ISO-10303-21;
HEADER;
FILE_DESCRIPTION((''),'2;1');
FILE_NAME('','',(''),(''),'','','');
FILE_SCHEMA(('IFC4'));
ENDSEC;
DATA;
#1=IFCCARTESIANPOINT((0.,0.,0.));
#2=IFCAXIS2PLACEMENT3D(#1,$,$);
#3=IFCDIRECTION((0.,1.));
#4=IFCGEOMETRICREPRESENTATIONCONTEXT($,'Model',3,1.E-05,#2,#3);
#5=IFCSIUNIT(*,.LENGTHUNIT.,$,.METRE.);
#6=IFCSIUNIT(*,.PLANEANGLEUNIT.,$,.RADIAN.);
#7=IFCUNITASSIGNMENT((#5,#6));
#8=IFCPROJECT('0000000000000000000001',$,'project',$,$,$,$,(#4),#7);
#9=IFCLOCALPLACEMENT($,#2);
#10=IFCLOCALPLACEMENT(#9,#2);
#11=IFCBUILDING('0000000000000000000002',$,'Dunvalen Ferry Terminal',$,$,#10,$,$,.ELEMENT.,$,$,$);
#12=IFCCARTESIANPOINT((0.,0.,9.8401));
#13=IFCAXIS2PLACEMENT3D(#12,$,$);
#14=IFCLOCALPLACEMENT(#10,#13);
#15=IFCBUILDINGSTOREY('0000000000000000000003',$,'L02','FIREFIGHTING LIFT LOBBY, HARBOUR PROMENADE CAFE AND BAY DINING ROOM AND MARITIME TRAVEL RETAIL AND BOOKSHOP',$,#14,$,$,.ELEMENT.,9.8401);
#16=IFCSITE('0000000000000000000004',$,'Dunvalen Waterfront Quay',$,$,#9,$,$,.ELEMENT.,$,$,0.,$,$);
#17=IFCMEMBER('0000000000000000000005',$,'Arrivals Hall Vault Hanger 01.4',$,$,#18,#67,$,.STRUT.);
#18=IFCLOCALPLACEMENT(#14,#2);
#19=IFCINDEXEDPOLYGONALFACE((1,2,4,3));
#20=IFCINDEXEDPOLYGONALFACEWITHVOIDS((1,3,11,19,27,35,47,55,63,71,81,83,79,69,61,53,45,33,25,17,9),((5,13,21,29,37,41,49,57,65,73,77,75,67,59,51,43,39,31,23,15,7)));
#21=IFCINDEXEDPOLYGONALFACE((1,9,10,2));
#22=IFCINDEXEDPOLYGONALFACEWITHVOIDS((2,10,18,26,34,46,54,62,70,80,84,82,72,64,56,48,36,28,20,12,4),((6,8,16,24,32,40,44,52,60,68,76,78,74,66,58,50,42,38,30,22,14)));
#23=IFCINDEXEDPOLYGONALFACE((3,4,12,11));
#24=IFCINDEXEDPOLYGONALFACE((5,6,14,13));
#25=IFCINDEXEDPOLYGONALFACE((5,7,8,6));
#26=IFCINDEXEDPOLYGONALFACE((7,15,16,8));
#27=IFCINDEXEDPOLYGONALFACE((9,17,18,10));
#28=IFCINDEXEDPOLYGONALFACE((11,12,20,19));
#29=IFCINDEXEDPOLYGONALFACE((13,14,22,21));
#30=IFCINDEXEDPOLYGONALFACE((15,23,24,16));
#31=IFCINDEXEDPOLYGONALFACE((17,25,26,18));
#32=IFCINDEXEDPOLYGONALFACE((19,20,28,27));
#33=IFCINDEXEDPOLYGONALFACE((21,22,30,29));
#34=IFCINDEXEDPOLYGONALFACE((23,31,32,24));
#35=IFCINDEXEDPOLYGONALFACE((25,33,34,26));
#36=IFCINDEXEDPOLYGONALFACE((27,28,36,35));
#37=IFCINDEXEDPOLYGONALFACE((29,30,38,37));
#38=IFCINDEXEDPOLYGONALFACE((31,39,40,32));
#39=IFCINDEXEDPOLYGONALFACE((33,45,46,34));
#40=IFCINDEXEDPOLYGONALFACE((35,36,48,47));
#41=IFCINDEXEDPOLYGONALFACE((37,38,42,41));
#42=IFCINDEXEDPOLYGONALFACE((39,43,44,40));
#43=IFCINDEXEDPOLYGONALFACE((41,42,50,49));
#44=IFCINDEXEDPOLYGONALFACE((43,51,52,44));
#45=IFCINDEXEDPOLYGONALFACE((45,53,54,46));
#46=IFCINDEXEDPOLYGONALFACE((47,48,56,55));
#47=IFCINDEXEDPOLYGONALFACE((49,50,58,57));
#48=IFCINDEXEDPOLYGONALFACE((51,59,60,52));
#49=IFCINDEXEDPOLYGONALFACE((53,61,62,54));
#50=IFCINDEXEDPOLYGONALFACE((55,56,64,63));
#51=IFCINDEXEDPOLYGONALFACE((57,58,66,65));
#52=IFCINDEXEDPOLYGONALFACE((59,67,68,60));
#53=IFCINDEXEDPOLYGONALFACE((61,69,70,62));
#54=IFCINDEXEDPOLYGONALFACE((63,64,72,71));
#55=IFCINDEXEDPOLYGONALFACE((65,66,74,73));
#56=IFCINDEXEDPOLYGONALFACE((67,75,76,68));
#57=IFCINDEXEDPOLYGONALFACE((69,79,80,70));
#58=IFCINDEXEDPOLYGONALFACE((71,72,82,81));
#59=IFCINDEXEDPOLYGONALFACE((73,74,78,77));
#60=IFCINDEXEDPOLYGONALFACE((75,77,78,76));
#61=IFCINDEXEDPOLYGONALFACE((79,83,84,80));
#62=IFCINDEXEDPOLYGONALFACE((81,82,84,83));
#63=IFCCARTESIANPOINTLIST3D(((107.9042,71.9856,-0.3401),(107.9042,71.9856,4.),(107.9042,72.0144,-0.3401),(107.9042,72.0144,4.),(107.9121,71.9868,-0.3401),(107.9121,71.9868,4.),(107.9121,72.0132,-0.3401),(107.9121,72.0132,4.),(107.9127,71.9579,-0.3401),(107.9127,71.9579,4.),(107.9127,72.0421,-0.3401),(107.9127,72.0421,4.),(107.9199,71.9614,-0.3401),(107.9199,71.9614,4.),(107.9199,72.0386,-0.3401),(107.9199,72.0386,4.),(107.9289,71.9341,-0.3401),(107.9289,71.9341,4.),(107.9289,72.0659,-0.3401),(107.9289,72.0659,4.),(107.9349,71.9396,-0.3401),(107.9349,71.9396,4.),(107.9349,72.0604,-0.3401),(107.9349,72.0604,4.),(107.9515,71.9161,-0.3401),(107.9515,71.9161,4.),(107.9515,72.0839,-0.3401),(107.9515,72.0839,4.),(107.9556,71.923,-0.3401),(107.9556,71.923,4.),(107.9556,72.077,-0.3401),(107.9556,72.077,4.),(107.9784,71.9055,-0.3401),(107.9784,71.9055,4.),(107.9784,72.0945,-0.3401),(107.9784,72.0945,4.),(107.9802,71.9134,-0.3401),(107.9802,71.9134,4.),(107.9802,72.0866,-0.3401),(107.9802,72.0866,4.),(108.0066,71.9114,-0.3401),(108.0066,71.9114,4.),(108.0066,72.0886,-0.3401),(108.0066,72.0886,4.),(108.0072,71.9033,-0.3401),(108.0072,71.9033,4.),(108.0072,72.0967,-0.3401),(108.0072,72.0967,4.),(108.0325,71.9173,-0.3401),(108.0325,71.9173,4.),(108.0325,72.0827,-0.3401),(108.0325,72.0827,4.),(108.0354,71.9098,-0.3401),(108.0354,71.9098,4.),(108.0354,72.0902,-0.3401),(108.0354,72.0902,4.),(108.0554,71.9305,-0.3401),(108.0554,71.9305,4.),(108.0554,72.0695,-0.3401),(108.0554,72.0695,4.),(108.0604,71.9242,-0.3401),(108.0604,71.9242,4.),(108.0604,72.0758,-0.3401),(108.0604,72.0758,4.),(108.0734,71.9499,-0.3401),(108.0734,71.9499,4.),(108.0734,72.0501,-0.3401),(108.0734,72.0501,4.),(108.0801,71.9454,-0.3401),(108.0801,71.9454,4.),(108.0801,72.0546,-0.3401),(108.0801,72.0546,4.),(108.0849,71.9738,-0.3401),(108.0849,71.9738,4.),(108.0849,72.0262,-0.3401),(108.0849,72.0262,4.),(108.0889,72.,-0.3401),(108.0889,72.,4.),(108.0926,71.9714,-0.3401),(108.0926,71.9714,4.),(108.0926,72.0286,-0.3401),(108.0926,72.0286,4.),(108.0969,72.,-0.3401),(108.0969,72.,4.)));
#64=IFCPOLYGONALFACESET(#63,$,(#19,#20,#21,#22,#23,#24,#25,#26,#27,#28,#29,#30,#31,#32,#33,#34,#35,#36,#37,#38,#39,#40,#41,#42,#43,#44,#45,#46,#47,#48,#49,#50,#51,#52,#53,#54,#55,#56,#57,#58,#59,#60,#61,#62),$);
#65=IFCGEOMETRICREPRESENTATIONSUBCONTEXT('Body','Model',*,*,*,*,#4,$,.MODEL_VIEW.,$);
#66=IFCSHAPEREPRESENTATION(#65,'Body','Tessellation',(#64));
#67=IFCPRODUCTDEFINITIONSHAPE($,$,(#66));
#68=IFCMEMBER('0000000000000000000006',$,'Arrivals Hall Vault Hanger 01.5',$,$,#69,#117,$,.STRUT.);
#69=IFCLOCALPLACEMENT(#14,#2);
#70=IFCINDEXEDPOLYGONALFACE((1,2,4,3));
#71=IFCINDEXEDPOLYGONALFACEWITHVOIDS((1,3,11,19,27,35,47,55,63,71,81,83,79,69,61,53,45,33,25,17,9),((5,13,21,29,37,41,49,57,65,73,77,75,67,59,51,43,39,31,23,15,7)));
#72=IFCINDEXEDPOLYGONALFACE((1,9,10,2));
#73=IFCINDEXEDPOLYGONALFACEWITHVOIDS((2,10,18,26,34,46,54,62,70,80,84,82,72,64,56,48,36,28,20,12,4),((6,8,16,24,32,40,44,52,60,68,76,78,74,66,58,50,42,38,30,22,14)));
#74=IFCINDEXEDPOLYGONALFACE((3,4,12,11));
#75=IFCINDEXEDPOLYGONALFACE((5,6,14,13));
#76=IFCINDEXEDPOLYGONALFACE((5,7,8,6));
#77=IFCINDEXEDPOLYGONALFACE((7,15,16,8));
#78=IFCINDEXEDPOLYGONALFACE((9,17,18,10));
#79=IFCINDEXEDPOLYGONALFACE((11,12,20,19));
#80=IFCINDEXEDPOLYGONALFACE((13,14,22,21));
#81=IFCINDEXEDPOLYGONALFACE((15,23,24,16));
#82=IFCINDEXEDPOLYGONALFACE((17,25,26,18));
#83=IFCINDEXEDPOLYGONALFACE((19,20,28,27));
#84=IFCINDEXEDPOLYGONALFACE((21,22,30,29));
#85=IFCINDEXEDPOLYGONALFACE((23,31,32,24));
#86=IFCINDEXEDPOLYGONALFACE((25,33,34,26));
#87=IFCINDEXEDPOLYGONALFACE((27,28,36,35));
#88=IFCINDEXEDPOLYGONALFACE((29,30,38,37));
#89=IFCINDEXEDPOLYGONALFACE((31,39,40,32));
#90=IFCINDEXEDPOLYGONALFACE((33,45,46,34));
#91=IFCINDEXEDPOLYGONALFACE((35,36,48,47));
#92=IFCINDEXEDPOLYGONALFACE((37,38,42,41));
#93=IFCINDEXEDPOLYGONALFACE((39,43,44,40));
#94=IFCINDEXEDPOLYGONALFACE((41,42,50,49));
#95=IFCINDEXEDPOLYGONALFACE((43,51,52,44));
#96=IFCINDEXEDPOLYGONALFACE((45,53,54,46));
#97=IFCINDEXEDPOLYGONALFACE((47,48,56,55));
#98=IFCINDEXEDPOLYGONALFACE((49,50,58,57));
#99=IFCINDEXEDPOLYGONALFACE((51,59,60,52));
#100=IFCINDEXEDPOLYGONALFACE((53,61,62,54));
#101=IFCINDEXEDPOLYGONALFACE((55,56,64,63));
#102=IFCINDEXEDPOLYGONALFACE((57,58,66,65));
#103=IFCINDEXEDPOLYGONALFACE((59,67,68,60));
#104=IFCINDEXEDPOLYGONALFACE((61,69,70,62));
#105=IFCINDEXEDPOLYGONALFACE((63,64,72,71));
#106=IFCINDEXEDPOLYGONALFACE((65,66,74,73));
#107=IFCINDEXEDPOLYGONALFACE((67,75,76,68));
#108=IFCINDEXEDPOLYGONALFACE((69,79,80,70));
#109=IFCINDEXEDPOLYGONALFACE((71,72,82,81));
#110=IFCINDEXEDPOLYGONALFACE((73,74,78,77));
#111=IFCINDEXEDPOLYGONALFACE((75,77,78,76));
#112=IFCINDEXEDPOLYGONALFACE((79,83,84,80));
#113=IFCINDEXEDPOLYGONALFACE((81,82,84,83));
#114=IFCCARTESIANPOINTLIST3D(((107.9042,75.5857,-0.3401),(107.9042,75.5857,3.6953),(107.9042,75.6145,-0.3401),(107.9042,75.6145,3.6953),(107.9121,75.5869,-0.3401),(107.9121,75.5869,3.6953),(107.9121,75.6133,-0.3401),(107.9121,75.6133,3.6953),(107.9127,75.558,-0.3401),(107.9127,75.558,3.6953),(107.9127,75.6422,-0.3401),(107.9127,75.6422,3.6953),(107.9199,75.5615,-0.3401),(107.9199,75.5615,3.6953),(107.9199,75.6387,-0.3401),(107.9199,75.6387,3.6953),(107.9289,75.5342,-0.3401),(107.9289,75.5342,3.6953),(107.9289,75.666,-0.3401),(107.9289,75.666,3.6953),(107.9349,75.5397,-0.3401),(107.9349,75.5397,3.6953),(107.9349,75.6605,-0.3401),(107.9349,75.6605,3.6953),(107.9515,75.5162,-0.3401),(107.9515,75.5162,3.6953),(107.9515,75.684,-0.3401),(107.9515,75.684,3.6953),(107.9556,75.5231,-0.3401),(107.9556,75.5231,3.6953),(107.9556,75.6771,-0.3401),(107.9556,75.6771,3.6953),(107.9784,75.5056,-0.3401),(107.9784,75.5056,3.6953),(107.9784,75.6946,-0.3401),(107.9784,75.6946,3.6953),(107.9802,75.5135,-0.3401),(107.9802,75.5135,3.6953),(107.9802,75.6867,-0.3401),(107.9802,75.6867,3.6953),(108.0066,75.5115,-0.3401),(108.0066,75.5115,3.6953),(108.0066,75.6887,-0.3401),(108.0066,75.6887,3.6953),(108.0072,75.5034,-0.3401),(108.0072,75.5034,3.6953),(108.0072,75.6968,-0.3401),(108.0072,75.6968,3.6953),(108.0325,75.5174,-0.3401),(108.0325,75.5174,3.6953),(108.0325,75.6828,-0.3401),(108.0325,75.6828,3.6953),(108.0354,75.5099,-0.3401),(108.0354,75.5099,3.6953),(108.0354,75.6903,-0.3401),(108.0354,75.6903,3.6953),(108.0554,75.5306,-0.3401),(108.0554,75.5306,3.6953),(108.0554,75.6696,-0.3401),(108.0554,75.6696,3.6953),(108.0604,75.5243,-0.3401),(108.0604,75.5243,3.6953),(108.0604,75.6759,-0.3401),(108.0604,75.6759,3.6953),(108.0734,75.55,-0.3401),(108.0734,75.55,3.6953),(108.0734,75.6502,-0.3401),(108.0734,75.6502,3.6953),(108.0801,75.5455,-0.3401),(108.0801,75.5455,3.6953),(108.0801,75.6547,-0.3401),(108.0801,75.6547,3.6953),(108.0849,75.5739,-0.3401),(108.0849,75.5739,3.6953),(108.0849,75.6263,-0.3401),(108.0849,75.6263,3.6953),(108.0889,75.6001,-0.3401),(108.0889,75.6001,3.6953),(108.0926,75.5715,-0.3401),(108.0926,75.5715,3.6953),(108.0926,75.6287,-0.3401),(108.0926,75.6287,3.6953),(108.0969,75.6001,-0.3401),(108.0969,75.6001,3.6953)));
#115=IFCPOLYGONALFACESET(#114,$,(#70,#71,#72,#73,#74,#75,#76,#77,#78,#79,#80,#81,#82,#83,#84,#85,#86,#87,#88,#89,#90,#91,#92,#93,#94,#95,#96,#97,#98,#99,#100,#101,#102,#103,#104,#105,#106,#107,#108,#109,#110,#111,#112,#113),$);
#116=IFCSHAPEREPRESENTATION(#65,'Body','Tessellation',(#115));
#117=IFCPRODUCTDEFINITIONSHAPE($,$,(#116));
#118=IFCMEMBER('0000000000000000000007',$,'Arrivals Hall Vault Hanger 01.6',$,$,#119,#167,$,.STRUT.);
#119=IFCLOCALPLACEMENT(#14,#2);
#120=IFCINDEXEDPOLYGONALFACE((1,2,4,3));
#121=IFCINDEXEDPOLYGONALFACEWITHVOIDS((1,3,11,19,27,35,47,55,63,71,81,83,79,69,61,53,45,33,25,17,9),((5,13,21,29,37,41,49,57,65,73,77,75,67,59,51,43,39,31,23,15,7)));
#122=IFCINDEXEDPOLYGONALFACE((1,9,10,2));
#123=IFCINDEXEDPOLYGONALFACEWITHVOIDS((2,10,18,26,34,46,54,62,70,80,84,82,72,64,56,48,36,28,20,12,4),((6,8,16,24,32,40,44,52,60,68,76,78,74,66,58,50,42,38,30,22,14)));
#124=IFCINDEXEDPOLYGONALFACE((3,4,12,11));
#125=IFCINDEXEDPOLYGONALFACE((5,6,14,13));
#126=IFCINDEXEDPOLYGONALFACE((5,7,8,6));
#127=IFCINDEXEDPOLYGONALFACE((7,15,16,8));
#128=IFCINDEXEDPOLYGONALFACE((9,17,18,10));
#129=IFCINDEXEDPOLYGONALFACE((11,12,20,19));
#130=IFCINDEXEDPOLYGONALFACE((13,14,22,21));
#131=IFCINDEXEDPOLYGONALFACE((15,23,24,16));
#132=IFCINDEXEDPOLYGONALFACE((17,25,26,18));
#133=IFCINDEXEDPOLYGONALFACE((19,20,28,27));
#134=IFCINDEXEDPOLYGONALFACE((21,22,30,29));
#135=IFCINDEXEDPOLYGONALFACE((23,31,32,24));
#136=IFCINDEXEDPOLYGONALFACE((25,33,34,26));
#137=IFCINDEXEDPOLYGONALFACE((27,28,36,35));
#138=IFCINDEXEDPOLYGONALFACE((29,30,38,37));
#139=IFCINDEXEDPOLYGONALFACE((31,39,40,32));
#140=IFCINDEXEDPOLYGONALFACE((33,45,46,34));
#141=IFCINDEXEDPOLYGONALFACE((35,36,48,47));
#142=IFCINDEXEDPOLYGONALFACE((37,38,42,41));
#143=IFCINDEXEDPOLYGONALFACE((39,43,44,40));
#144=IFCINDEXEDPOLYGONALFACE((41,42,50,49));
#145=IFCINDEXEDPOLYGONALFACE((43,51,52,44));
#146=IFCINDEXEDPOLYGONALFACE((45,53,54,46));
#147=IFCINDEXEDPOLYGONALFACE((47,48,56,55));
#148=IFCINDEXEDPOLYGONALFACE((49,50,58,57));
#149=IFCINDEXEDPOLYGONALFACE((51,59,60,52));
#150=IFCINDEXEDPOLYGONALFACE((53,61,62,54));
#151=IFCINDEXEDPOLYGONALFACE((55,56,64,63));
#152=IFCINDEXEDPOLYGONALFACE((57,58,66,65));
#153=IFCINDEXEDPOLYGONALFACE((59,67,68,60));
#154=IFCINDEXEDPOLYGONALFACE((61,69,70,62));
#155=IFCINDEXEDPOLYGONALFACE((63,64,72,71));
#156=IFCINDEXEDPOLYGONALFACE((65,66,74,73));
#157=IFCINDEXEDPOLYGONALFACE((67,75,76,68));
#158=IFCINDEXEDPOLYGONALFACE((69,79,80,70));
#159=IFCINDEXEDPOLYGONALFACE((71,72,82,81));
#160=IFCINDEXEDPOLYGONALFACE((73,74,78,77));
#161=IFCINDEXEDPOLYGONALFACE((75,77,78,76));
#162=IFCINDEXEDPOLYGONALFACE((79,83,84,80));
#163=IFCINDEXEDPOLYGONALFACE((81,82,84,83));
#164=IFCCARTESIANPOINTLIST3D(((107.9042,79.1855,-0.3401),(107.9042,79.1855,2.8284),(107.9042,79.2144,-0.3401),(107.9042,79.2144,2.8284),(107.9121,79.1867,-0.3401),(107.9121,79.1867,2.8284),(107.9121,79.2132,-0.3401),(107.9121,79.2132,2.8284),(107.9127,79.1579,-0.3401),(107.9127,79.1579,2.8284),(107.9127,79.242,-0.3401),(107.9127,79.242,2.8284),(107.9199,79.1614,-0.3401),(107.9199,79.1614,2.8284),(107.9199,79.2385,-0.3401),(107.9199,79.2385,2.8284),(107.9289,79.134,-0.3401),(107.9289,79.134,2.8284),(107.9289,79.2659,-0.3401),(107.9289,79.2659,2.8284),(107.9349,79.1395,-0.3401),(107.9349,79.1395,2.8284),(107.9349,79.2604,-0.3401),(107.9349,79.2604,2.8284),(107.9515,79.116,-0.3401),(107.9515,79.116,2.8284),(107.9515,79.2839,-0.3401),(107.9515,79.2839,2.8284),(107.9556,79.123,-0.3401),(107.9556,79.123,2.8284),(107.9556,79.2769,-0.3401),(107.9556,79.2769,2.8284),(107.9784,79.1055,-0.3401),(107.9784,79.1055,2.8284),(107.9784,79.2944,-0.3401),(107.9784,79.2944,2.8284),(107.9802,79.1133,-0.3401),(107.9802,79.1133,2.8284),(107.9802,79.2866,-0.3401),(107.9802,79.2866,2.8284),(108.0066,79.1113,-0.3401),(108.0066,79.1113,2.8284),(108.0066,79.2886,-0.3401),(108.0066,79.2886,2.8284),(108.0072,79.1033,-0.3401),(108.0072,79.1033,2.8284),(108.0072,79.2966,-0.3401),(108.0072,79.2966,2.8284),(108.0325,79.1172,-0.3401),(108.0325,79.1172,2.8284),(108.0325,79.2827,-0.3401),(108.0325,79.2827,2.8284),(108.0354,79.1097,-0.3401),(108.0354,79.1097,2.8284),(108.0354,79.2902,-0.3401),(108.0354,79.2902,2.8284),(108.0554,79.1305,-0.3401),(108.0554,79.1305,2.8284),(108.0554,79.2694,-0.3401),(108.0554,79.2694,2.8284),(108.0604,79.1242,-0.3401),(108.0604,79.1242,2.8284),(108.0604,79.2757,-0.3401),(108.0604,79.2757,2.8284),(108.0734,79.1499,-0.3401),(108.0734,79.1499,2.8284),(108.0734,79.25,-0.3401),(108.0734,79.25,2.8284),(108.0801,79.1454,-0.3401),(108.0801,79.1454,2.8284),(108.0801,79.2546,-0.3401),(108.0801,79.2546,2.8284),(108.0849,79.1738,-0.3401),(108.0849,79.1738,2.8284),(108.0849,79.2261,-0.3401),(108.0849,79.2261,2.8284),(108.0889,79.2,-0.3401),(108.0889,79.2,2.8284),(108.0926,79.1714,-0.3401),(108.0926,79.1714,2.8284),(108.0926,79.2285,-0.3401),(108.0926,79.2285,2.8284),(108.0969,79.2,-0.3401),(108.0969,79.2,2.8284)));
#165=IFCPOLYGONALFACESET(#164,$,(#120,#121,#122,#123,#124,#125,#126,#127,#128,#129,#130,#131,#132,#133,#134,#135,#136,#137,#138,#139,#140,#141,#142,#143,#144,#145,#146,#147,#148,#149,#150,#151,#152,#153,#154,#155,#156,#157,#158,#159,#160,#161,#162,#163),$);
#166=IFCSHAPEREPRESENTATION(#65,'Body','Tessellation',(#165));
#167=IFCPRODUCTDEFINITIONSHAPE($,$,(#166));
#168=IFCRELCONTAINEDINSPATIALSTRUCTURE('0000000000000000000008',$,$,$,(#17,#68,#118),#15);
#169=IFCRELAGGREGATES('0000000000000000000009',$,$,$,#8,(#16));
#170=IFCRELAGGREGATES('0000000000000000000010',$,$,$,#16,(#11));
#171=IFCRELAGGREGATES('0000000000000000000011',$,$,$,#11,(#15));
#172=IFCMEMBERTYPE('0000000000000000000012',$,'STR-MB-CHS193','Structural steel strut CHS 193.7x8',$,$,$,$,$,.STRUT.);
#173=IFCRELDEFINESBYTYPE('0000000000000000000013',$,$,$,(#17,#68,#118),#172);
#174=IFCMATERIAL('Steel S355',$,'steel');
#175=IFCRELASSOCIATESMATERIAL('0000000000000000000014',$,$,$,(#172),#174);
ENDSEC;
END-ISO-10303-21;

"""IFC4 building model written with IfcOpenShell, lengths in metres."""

from ifc_helpers import new_model, si_unit, direction, frame, origin, origin_2d, place, context, subcontext, project, spatial, hollow_circle, extrude, material, material_profile, profile_set, type_object, element, save


model = new_model("IFC4")

# Units and contexts
model_context = context("Model", 3, precision=1e-05, world=origin(), true_north=direction((0.0, 1.0)))
body_context = subcontext(model_context, "Body", "Model", "MODEL_VIEW")
ifc_project = project(units=[si_unit("LENGTHUNIT", "METRE"), si_unit("PLANEANGLEUNIT", "RADIAN")], contexts=[model_context])

# Site, building, storey
site_placement = place(None, origin())
site = spatial("IfcSite", under=ifc_project, at=site_placement, Name="Dunvalen Waterfront Quay", CompositionType="ELEMENT", RefElevation=0.0)
building_placement = place(site_placement, origin())
building = spatial("IfcBuilding", under=site, at=building_placement, Name="Dunvalen Ferry Terminal", CompositionType="ELEMENT")
storey_placement = place(building_placement, frame((0.0, 0.0, 9.8401)))
storey = spatial("IfcBuildingStorey", under=building, at=storey_placement, Name="L02", Description="FIREFIGHTING LIFT LOBBY, HARBOUR PROMENADE CAFE AND BAY DINING ROOM AND MARITIME TRAVEL RETAIL AND BOOKSHOP", CompositionType="ELEMENT", Elevation=9.8401)

# Shared definitions
ifc_material_1 = material(Name="Steel S355", Category="steel")

# Members
ifc_material_profile_1 = material_profile(ifc_material_1, hollow_circle(Radius=0.0969, WallThickness=0.0081, at=origin_2d()), Name="Steel S355")
ifc_profile_set_1 = profile_set([ifc_material_profile_1], Name="Steel S355")
member_type_1 = type_object("IfcMemberType", Name="STR-MB-CHS193", Description="Structural steel strut CHS 193.7x8", PredefinedType="STRUT", material=ifc_profile_set_1)
member_1_placement = place(storey_placement, frame((108.0, 72.0, -0.3401), z_axis=(0.0, 0.0, 1.0), x_axis=(1.0, 0.0, 0.0)))
element("IfcMember", 1, at=member_1_placement, inside=storey, type_object=member_type_1, Name="Arrivals Hall Vault Hanger 01.4", PredefinedType="STRUT", context=body_context, shape_type="SweptSolid", body=[
    extrude(hollow_circle(Radius=0.0969, WallThickness=0.0081, at=origin_2d()), origin(), (0.0, 0.0, 1.0), 4.3401),
])
member_2_placement = place(storey_placement, frame((108.0, 75.6001, -0.3401), z_axis=(0.0, 0.0, 1.0), x_axis=(1.0, 0.0, 0.0)))
element("IfcMember", 2, at=member_2_placement, inside=storey, type_object=member_type_1, Name="Arrivals Hall Vault Hanger 01.5", PredefinedType="STRUT", context=body_context, shape_type="SweptSolid", body=[
    extrude(hollow_circle(Radius=0.0969, WallThickness=0.0081, at=origin_2d()), origin(), (0.0, 0.0, 1.0), 4.0354),
])
member_3_placement = place(storey_placement, frame((108.0, 79.2, -0.3401), z_axis=(0.0, 0.0, 1.0), x_axis=(1.0, 0.0, 0.0)))
element("IfcMember", 3, at=member_3_placement, inside=storey, type_object=member_type_1, Name="Arrivals Hall Vault Hanger 01.6", PredefinedType="STRUT", context=body_context, shape_type="SweptSolid", body=[
    extrude(hollow_circle(Radius=0.0969, WallThickness=0.0081, at=origin_2d()), origin(), (0.0, 0.0, 1.0), 3.1685),
])

save(model, "model.ifc")
